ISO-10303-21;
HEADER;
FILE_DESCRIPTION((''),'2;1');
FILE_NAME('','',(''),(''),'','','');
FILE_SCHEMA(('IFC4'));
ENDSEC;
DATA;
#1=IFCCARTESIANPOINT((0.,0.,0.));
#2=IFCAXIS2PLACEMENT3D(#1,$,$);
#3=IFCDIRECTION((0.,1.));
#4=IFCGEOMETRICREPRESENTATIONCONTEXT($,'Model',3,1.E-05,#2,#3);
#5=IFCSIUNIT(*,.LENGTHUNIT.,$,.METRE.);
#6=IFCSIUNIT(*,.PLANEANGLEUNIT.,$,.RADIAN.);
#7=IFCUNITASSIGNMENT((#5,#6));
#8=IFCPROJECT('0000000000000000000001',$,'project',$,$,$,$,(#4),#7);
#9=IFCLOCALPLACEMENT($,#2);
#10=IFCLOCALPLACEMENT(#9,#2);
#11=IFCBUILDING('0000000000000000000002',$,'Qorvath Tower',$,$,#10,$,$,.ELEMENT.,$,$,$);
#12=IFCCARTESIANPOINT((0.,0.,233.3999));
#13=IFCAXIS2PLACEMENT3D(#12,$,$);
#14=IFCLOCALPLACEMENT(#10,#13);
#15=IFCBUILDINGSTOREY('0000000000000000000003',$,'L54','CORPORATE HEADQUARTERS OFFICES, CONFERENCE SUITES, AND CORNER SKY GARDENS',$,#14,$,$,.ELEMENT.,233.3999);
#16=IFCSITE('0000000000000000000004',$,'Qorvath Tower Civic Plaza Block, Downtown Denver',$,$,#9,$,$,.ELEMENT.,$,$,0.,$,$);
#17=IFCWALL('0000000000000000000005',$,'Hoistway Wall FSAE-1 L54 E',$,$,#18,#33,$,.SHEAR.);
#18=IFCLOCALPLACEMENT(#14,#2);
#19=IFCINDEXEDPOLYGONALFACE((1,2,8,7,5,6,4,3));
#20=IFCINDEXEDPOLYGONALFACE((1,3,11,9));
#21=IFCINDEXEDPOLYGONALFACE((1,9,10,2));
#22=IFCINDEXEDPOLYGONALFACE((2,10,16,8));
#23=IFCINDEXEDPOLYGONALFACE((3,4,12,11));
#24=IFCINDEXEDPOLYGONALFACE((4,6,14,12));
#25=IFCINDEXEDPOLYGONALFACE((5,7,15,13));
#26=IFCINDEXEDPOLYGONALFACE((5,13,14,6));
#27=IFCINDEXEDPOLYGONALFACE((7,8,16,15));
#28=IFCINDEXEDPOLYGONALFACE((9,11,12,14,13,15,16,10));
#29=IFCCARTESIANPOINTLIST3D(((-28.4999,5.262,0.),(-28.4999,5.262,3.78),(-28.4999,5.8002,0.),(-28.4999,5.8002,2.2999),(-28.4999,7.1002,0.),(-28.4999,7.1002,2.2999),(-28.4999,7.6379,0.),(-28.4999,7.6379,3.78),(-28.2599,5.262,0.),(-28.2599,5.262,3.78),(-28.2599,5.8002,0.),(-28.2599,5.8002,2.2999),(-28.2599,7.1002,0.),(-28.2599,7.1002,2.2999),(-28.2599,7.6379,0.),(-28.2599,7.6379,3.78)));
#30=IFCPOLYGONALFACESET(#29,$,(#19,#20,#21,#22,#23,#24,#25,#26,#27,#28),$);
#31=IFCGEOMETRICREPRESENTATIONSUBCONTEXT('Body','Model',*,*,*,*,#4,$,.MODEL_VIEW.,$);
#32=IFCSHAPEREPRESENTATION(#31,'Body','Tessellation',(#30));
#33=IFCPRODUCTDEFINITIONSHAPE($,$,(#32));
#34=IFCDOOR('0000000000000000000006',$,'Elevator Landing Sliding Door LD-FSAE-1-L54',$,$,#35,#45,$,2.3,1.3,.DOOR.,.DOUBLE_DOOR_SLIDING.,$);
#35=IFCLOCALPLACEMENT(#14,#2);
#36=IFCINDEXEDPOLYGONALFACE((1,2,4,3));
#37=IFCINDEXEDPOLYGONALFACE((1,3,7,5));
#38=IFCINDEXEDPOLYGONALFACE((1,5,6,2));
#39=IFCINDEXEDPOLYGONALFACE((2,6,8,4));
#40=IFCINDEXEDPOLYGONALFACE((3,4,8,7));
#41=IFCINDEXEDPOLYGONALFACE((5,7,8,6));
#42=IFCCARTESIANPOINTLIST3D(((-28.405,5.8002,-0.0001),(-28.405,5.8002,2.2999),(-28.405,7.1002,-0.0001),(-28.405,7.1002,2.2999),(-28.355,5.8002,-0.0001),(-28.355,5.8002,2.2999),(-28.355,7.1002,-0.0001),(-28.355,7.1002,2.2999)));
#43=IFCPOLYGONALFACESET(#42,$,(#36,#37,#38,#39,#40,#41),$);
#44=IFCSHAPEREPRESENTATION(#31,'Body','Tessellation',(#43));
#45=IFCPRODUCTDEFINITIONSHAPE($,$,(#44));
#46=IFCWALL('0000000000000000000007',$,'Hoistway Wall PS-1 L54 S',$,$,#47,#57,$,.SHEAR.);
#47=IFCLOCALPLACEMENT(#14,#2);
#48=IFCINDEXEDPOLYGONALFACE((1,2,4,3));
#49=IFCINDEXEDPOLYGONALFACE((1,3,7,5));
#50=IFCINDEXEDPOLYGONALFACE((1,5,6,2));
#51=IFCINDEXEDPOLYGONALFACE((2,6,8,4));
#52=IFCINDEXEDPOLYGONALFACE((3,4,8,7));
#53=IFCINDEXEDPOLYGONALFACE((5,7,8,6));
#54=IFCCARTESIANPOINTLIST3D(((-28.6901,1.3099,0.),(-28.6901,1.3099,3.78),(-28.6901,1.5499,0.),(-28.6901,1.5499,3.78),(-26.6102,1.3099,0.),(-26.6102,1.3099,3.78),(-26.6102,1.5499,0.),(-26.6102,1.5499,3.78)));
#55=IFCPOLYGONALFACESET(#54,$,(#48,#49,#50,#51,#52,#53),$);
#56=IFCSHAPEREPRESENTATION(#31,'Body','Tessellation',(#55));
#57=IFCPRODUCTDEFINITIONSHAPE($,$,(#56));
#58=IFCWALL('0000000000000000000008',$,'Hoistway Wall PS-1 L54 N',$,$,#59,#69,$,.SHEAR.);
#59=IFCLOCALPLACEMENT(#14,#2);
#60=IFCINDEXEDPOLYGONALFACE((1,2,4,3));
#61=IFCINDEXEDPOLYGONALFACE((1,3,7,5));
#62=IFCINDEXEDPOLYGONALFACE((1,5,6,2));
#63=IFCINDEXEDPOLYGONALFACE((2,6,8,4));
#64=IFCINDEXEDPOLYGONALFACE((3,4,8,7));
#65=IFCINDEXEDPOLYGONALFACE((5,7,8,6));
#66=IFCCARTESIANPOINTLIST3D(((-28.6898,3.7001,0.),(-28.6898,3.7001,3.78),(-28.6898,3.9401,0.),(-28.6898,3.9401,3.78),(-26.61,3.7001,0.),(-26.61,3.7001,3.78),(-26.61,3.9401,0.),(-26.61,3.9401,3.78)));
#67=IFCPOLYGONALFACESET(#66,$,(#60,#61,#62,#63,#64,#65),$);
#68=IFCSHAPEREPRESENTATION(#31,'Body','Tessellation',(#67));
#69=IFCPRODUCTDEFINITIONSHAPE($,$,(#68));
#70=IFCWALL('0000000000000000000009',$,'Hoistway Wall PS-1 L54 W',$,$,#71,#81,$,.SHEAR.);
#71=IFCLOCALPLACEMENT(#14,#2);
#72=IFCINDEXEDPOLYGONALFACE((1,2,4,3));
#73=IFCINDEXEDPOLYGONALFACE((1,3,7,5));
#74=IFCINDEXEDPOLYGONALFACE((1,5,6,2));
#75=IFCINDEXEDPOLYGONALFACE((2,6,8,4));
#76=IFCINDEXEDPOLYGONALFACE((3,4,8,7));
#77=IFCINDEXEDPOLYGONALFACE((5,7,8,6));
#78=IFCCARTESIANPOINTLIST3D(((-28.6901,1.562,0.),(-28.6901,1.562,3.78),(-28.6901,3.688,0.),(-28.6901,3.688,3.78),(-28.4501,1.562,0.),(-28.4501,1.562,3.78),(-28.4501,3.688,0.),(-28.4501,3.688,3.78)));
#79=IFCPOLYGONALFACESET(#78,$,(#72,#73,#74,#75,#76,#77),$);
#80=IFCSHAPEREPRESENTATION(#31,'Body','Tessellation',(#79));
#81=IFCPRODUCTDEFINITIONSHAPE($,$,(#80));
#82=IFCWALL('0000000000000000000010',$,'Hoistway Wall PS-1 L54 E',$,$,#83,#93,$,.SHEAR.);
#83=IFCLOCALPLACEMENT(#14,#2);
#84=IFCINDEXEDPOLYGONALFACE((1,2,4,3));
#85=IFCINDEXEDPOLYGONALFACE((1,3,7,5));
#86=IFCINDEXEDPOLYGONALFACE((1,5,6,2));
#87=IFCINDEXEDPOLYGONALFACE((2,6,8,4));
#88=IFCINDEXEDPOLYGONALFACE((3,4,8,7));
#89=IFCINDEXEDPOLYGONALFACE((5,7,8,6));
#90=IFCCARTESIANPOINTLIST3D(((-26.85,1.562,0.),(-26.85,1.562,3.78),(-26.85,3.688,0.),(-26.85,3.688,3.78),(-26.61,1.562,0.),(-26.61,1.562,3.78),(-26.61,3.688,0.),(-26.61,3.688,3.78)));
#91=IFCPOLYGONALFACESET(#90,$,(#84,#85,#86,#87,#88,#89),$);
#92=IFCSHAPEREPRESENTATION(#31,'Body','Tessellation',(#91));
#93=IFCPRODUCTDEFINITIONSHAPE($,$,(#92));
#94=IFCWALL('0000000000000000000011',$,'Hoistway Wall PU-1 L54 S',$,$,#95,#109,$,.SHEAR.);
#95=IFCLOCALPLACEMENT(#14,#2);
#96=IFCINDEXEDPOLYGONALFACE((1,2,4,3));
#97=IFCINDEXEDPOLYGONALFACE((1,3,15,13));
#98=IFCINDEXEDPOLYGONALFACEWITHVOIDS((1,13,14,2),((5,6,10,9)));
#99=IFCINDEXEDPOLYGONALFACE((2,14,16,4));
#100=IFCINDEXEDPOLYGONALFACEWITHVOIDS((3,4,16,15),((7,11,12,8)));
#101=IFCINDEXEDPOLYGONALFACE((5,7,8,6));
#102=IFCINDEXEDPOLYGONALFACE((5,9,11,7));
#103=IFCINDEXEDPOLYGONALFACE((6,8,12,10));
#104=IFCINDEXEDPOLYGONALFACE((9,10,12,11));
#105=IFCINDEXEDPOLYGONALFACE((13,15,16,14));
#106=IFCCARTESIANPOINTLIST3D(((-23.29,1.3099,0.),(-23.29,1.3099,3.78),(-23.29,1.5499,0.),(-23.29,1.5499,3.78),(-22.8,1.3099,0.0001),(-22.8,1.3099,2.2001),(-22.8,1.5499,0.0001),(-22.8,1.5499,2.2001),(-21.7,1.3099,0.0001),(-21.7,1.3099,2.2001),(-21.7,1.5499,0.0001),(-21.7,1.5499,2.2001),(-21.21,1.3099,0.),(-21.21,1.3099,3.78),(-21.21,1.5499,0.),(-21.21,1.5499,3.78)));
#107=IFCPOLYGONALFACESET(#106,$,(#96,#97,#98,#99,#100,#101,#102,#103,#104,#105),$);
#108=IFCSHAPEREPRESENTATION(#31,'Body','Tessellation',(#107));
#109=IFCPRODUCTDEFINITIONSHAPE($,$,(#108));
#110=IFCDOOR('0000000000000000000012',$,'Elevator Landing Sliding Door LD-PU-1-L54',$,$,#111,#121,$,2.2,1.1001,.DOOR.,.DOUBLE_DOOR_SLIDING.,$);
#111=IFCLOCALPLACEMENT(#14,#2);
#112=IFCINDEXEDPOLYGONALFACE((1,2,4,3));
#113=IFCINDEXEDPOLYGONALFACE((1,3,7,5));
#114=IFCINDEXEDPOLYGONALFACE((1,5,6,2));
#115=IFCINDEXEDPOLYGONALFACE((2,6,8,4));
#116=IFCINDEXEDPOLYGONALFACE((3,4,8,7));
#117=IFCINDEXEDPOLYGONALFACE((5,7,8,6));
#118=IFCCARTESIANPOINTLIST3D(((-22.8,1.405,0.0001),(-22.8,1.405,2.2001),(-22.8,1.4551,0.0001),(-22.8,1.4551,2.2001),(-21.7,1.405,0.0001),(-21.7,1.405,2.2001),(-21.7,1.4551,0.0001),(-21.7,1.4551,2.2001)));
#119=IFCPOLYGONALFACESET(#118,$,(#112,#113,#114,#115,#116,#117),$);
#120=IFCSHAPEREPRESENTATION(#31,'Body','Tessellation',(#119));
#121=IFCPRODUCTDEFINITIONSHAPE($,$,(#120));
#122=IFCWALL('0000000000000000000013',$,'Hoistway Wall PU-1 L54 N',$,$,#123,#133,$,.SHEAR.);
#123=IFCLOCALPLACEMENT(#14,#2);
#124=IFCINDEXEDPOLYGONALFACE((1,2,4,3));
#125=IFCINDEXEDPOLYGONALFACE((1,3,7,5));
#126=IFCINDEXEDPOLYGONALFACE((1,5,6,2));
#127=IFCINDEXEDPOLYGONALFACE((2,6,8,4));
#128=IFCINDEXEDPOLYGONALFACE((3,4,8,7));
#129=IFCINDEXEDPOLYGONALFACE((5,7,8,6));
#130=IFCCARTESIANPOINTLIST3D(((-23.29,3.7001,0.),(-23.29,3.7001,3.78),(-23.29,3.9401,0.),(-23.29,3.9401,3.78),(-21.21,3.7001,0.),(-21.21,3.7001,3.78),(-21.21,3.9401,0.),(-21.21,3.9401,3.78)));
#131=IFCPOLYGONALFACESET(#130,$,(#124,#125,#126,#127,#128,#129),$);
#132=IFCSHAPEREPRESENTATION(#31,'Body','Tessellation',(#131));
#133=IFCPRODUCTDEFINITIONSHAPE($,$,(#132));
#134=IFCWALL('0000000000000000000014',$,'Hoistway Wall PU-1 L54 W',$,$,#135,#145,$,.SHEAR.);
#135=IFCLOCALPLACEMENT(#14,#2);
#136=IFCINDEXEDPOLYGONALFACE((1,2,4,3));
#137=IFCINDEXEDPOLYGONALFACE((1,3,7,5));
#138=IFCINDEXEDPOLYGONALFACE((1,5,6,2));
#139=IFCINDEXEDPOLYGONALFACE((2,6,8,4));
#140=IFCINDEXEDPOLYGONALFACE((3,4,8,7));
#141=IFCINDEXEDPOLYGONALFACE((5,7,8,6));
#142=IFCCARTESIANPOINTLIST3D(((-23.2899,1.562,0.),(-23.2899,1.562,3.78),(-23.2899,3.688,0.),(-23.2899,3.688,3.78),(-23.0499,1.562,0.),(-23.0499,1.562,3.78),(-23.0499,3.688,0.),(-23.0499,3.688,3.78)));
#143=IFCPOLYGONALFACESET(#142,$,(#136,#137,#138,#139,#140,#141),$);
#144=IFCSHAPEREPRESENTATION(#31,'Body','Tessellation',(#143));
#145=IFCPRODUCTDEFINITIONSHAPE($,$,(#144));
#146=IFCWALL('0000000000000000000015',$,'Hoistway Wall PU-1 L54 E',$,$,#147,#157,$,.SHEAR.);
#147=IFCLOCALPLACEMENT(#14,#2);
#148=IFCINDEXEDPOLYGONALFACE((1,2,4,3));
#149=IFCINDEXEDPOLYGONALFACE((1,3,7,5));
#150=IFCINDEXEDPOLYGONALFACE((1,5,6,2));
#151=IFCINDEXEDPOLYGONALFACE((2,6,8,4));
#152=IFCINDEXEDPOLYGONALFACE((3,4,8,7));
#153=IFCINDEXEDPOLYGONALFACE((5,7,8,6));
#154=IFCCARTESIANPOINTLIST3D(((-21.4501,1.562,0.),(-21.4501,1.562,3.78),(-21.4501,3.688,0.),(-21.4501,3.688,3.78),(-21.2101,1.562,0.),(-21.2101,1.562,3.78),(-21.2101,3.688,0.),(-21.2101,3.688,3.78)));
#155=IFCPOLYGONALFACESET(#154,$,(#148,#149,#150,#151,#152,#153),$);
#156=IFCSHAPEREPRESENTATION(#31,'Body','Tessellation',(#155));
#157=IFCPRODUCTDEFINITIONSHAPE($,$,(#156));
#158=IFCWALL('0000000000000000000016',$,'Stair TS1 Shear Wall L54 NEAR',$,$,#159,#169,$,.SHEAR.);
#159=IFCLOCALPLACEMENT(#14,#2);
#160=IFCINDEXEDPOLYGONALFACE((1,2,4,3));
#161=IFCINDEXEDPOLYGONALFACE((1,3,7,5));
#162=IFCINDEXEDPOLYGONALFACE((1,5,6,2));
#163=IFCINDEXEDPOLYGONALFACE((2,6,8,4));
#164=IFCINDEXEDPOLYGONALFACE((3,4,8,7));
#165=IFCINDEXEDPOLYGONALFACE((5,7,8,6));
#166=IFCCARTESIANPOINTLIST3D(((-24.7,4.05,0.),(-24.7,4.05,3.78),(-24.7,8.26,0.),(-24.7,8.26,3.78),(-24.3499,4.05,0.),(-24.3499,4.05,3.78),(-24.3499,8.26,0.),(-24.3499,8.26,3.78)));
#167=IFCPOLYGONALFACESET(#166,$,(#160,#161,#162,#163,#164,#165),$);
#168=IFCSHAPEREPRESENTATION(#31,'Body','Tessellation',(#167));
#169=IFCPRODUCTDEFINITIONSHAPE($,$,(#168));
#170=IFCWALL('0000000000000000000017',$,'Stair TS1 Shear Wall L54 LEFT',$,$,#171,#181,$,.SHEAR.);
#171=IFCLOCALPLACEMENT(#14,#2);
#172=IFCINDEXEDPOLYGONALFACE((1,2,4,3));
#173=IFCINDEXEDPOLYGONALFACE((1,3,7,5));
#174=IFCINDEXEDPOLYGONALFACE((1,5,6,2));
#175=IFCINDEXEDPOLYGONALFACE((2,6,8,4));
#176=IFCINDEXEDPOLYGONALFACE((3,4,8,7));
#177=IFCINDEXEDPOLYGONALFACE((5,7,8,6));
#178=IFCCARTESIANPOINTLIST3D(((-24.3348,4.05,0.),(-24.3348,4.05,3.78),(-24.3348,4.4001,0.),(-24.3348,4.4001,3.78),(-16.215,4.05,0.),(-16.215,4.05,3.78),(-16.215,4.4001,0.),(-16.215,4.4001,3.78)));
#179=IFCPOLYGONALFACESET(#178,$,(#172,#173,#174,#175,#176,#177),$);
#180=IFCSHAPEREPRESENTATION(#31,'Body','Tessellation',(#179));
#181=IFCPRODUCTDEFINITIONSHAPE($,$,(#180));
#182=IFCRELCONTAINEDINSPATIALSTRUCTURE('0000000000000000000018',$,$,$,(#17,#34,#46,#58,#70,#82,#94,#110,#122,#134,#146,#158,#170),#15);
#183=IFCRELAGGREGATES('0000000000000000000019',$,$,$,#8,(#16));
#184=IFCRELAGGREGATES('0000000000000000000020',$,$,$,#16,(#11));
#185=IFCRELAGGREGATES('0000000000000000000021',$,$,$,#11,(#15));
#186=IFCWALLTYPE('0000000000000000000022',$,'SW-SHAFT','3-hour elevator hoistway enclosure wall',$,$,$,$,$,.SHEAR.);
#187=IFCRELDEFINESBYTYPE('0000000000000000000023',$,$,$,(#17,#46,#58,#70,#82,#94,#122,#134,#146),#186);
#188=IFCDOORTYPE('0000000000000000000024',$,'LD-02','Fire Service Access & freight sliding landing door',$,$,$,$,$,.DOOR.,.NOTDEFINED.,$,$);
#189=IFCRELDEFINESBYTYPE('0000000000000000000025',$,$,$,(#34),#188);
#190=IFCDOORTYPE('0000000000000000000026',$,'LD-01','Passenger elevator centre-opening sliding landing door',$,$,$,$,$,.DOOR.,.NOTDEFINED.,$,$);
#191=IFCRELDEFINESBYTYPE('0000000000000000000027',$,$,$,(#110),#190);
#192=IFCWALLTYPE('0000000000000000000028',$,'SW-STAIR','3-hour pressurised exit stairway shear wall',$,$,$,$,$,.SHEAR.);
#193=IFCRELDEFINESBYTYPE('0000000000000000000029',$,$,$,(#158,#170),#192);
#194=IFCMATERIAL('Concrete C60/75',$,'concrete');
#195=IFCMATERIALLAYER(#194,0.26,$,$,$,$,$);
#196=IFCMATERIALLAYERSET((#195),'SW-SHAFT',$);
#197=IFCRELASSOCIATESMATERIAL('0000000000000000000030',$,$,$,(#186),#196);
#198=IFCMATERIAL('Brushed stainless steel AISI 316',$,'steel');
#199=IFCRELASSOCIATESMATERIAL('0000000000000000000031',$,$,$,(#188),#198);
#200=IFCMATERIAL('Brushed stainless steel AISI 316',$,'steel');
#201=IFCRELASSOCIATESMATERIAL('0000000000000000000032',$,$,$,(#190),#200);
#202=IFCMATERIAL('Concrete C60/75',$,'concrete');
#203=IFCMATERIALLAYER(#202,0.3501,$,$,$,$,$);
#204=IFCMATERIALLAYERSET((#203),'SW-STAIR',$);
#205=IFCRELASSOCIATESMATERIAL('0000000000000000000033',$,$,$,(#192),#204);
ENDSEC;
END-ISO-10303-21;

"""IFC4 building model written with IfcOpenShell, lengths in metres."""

from ifc_helpers import new_model, si_unit, direction, frame, frame_2d, origin, place, context, subcontext, project, spatial, rectangle, extrude, material, layer, layer_set, type_object, element, fill, save


model = new_model("IFC4")

# Units and contexts
model_context = context("Model", 3, precision=1e-05, world=origin(), true_north=direction((0.0, 1.0)))
body_context = subcontext(model_context, "Body", "Model", "MODEL_VIEW")
ifc_project = project(units=[si_unit("LENGTHUNIT", "METRE"), si_unit("PLANEANGLEUNIT", "RADIAN")], contexts=[model_context])

# Site, building, storey
site_placement = place(None, origin())
site = spatial("IfcSite", under=ifc_project, at=site_placement, Name="Qorvath Tower Civic Plaza Block, Downtown Denver", CompositionType="ELEMENT", RefElevation=0.0)
building_placement = place(site_placement, origin())
building = spatial("IfcBuilding", under=site, at=building_placement, Name="Qorvath Tower", CompositionType="ELEMENT")
storey_placement = place(building_placement, frame((0.0, 0.0, 233.3999)))
storey = spatial("IfcBuildingStorey", under=building, at=storey_placement, Name="L54", Description="CORPORATE HEADQUARTERS OFFICES, CONFERENCE SUITES, AND CORNER SKY GARDENS", CompositionType="ELEMENT", Elevation=233.3999)

# Shared definitions
ifc_material_1 = material(Name="Concrete C60/75", Category="concrete")
ifc_layer_1 = layer(ifc_material_1, 0.26)
ifc_layer_set_1 = layer_set([ifc_layer_1], Name="SW-SHAFT")
wall_type_1 = type_object("IfcWallType", Name="SW-SHAFT", Description="3-hour elevator hoistway enclosure wall", PredefinedType="SHEAR", material=ifc_layer_set_1)

# Wall, opening, door
wall_1_placement = place(storey_placement, frame((-28.3799, 7.6379, 0.0), z_axis=(0.0, 0.0, 1.0), x_axis=(0.0, -1.0, 0.0)))
wall_1 = element("IfcWall", 1, at=wall_1_placement, inside=storey, type_object=wall_type_1, Name="Hoistway Wall FSAE-1 L54 E", PredefinedType="SHEAR", context=body_context, shape_type="SweptSolid", body=[
    extrude(rectangle(XDim=2.376, YDim=0.24, at=frame_2d((1.188, 0.0))), origin(), (0.0, 0.0, 1.0), 3.78),
])
opening_1_placement = place(wall_1_placement, frame((0.5378, 0.0, 0.0)))
opening_1 = element("IfcOpeningElement", 2, at=opening_1_placement, cuts=wall_1, PredefinedType="OPENING", context=body_context, shape_type="SweptSolid", body=[
    extrude(rectangle(XDim=1.3, YDim=2.3, at=frame_2d((0.6499, 1.1499))), frame((0.0, 0.1299, 0.0), z_axis=(0.0, -1.0, 0.0), x_axis=(1.0, 0.0, 0.0)), (0.0, 0.0, 1.0), 0.26),
])
ifc_material_2 = material(Name="Brushed stainless steel AISI 316", Category="steel")
door_type_1 = type_object("IfcDoorType", Name="LD-02", Description="Fire Service Access & freight sliding landing door", OperationType="NOTDEFINED", PredefinedType="DOOR", material=ifc_material_2)
door_1_placement = place(opening_1_placement, origin())
door_1 = element("IfcDoor", 3, at=door_1_placement, inside=storey, type_object=door_type_1, Name="Elevator Landing Sliding Door LD-FSAE-1-L54", OperationType="DOUBLE_DOOR_SLIDING", OverallHeight=2.3, OverallWidth=1.3, PredefinedType="DOOR", context=body_context, shape_type="SweptSolid", body=[
    extrude(rectangle(XDim=1.3, YDim=2.3, at=frame_2d((0.6499, 1.1499))), frame((0.0, 0.0249, 0.0), z_axis=(0.0, -1.0, 0.0), x_axis=(1.0, 0.0, 0.0)), (0.0, 0.0, 1.0), 0.05),
])
fill(opening_1, door_1)

# Walls
for number, where, z_axis, x_axis, name in (
    (4, (-26.6101, 1.4299, 0.0), (0.0, 0.0, 1.0), (-1.0, 0.0, 0.0), "Hoistway Wall PS-1 L54 S"),
    (5, (-28.6899, 3.8201, 0.0), (0.0, 0.0, 1.0), (1.0, 0.0, 0.0), "Hoistway Wall PS-1 L54 N"),
):
    element("IfcWall", number, at=place(storey_placement, frame(where, z_axis=z_axis, x_axis=x_axis)), inside=storey, type_object=wall_type_1, Name=name, PredefinedType="SHEAR", context=body_context, shape_type="SweptSolid", body=[
        extrude(rectangle(XDim=2.0798, YDim=0.24, at=frame_2d((1.04, 0.0))), origin(), (0.0, 0.0, 1.0), 3.78),
    ])
for number, where, z_axis, x_axis, name in (
    (6, (-28.5701, 1.562, 0.0), (0.0, 0.0, 1.0), (0.0, 1.0, 0.0), "Hoistway Wall PS-1 L54 W"),
    (7, (-26.73, 3.688, 0.0), (0.0, 0.0, 1.0), (0.0, -1.0, 0.0), "Hoistway Wall PS-1 L54 E"),
):
    element("IfcWall", number, at=place(storey_placement, frame(where, z_axis=z_axis, x_axis=x_axis)), inside=storey, type_object=wall_type_1, Name=name, PredefinedType="SHEAR", context=body_context, shape_type="SweptSolid", body=[
        extrude(rectangle(XDim=2.126, YDim=0.24, at=frame_2d((1.063, 0.0))), origin(), (0.0, 0.0, 1.0), 3.78),
    ])

# Wall, opening, door
wall_2_placement = place(storey_placement, frame((-21.21, 1.4299, 0.0), z_axis=(0.0, 0.0, 1.0), x_axis=(-1.0, 0.0, 0.0)))
wall_2 = element("IfcWall", 8, at=wall_2_placement, inside=storey, type_object=wall_type_1, Name="Hoistway Wall PU-1 L54 S", PredefinedType="SHEAR", context=body_context, shape_type="SweptSolid", body=[
    extrude(rectangle(XDim=2.0801, YDim=0.24, at=frame_2d((1.04, 0.0))), origin(), (0.0, 0.0, 1.0), 3.78),
])
opening_2_placement = place(wall_2_placement, frame((0.49, 0.0, 0.0)))
opening_2 = element("IfcOpeningElement", 9, at=opening_2_placement, cuts=wall_2, PredefinedType="OPENING", context=body_context, shape_type="SweptSolid", body=[
    extrude(rectangle(XDim=1.1001, YDim=2.2, at=frame_2d((0.55, 1.1001))), frame((0.0, 0.1299, 0.0), z_axis=(0.0, -1.0, 0.0), x_axis=(1.0, 0.0, 0.0)), (0.0, 0.0, 1.0), 0.26),
])
ifc_material_3 = material(Name="Brushed stainless steel AISI 316", Category="steel")
door_type_2 = type_object("IfcDoorType", Name="LD-01", Description="Passenger elevator centre-opening sliding landing door", OperationType="NOTDEFINED", PredefinedType="DOOR", material=ifc_material_3)
door_2_placement = place(opening_2_placement, origin())
door_2 = element("IfcDoor", 10, at=door_2_placement, inside=storey, type_object=door_type_2, Name="Elevator Landing Sliding Door LD-PU-1-L54", OperationType="DOUBLE_DOOR_SLIDING", OverallHeight=2.2, OverallWidth=1.1001, PredefinedType="DOOR", context=body_context, shape_type="SweptSolid", body=[
    extrude(rectangle(XDim=1.1001, YDim=2.2, at=frame_2d((0.55, 1.1001))), frame((0.0, 0.0249, 0.0), z_axis=(0.0, -1.0, 0.0), x_axis=(1.0, 0.0, 0.0)), (0.0, 0.0, 1.0), 0.05),
])
fill(opening_2, door_2)

# Walls
wall_3_placement = place(storey_placement, frame((-23.29, 3.8201, 0.0), z_axis=(0.0, 0.0, 1.0), x_axis=(1.0, 0.0, 0.0)))
element("IfcWall", 11, at=wall_3_placement, inside=storey, type_object=wall_type_1, Name="Hoistway Wall PU-1 L54 N", PredefinedType="SHEAR", context=body_context, shape_type="SweptSolid", body=[
    extrude(rectangle(XDim=2.0801, YDim=0.24, at=frame_2d((1.04, 0.0))), origin(), (0.0, 0.0, 1.0), 3.78),
])
for number, where, z_axis, x_axis, name in (
    (12, (-23.1699, 1.562, 0.0), (0.0, 0.0, 1.0), (0.0, 1.0, 0.0), "Hoistway Wall PU-1 L54 W"),
    (13, (-21.3301, 3.688, 0.0), (0.0, 0.0, 1.0), (0.0, -1.0, 0.0), "Hoistway Wall PU-1 L54 E"),
):
    element("IfcWall", number, at=place(storey_placement, frame(where, z_axis=z_axis, x_axis=x_axis)), inside=storey, type_object=wall_type_1, Name=name, PredefinedType="SHEAR", context=body_context, shape_type="SweptSolid", body=[
        extrude(rectangle(XDim=2.126, YDim=0.24, at=frame_2d((1.063, 0.0))), origin(), (0.0, 0.0, 1.0), 3.78),
    ])
ifc_material_4 = material(Name="Concrete C60/75", Category="concrete")
ifc_layer_2 = layer(ifc_material_4, 0.3501)
ifc_layer_set_2 = layer_set([ifc_layer_2], Name="SW-STAIR")
wall_type_2 = type_object("IfcWallType", Name="SW-STAIR", Description="3-hour pressurised exit stairway shear wall", PredefinedType="SHEAR", material=ifc_layer_set_2)
wall_4_placement = place(storey_placement, frame((-24.5249, 8.26, 0.0), z_axis=(0.0, 0.0, 1.0), x_axis=(0.0, -1.0, 0.0)))
element("IfcWall", 14, at=wall_4_placement, inside=storey, type_object=wall_type_2, Name="Stair TS1 Shear Wall L54 NEAR", PredefinedType="SHEAR", context=body_context, shape_type="SweptSolid", body=[
    extrude(rectangle(XDim=4.21, YDim=0.3501, at=frame_2d((2.105, 0.0))), origin(), (0.0, 0.0, 1.0), 3.78),
])
wall_5_placement = place(storey_placement, frame((-24.335, 4.2251, 0.0), z_axis=(0.0, 0.0, 1.0), x_axis=(1.0, 0.0, 0.0)))
element("IfcWall", 15, at=wall_5_placement, inside=storey, type_object=wall_type_2, Name="Stair TS1 Shear Wall L54 LEFT", PredefinedType="SHEAR", context=body_context, shape_type="SweptSolid", body=[
    extrude(rectangle(XDim=8.1199, YDim=0.3501, at=frame_2d((4.0601, 0.0))), origin(), (0.0, 0.0, 1.0), 3.78),
])

save(model, "model.ifc")
